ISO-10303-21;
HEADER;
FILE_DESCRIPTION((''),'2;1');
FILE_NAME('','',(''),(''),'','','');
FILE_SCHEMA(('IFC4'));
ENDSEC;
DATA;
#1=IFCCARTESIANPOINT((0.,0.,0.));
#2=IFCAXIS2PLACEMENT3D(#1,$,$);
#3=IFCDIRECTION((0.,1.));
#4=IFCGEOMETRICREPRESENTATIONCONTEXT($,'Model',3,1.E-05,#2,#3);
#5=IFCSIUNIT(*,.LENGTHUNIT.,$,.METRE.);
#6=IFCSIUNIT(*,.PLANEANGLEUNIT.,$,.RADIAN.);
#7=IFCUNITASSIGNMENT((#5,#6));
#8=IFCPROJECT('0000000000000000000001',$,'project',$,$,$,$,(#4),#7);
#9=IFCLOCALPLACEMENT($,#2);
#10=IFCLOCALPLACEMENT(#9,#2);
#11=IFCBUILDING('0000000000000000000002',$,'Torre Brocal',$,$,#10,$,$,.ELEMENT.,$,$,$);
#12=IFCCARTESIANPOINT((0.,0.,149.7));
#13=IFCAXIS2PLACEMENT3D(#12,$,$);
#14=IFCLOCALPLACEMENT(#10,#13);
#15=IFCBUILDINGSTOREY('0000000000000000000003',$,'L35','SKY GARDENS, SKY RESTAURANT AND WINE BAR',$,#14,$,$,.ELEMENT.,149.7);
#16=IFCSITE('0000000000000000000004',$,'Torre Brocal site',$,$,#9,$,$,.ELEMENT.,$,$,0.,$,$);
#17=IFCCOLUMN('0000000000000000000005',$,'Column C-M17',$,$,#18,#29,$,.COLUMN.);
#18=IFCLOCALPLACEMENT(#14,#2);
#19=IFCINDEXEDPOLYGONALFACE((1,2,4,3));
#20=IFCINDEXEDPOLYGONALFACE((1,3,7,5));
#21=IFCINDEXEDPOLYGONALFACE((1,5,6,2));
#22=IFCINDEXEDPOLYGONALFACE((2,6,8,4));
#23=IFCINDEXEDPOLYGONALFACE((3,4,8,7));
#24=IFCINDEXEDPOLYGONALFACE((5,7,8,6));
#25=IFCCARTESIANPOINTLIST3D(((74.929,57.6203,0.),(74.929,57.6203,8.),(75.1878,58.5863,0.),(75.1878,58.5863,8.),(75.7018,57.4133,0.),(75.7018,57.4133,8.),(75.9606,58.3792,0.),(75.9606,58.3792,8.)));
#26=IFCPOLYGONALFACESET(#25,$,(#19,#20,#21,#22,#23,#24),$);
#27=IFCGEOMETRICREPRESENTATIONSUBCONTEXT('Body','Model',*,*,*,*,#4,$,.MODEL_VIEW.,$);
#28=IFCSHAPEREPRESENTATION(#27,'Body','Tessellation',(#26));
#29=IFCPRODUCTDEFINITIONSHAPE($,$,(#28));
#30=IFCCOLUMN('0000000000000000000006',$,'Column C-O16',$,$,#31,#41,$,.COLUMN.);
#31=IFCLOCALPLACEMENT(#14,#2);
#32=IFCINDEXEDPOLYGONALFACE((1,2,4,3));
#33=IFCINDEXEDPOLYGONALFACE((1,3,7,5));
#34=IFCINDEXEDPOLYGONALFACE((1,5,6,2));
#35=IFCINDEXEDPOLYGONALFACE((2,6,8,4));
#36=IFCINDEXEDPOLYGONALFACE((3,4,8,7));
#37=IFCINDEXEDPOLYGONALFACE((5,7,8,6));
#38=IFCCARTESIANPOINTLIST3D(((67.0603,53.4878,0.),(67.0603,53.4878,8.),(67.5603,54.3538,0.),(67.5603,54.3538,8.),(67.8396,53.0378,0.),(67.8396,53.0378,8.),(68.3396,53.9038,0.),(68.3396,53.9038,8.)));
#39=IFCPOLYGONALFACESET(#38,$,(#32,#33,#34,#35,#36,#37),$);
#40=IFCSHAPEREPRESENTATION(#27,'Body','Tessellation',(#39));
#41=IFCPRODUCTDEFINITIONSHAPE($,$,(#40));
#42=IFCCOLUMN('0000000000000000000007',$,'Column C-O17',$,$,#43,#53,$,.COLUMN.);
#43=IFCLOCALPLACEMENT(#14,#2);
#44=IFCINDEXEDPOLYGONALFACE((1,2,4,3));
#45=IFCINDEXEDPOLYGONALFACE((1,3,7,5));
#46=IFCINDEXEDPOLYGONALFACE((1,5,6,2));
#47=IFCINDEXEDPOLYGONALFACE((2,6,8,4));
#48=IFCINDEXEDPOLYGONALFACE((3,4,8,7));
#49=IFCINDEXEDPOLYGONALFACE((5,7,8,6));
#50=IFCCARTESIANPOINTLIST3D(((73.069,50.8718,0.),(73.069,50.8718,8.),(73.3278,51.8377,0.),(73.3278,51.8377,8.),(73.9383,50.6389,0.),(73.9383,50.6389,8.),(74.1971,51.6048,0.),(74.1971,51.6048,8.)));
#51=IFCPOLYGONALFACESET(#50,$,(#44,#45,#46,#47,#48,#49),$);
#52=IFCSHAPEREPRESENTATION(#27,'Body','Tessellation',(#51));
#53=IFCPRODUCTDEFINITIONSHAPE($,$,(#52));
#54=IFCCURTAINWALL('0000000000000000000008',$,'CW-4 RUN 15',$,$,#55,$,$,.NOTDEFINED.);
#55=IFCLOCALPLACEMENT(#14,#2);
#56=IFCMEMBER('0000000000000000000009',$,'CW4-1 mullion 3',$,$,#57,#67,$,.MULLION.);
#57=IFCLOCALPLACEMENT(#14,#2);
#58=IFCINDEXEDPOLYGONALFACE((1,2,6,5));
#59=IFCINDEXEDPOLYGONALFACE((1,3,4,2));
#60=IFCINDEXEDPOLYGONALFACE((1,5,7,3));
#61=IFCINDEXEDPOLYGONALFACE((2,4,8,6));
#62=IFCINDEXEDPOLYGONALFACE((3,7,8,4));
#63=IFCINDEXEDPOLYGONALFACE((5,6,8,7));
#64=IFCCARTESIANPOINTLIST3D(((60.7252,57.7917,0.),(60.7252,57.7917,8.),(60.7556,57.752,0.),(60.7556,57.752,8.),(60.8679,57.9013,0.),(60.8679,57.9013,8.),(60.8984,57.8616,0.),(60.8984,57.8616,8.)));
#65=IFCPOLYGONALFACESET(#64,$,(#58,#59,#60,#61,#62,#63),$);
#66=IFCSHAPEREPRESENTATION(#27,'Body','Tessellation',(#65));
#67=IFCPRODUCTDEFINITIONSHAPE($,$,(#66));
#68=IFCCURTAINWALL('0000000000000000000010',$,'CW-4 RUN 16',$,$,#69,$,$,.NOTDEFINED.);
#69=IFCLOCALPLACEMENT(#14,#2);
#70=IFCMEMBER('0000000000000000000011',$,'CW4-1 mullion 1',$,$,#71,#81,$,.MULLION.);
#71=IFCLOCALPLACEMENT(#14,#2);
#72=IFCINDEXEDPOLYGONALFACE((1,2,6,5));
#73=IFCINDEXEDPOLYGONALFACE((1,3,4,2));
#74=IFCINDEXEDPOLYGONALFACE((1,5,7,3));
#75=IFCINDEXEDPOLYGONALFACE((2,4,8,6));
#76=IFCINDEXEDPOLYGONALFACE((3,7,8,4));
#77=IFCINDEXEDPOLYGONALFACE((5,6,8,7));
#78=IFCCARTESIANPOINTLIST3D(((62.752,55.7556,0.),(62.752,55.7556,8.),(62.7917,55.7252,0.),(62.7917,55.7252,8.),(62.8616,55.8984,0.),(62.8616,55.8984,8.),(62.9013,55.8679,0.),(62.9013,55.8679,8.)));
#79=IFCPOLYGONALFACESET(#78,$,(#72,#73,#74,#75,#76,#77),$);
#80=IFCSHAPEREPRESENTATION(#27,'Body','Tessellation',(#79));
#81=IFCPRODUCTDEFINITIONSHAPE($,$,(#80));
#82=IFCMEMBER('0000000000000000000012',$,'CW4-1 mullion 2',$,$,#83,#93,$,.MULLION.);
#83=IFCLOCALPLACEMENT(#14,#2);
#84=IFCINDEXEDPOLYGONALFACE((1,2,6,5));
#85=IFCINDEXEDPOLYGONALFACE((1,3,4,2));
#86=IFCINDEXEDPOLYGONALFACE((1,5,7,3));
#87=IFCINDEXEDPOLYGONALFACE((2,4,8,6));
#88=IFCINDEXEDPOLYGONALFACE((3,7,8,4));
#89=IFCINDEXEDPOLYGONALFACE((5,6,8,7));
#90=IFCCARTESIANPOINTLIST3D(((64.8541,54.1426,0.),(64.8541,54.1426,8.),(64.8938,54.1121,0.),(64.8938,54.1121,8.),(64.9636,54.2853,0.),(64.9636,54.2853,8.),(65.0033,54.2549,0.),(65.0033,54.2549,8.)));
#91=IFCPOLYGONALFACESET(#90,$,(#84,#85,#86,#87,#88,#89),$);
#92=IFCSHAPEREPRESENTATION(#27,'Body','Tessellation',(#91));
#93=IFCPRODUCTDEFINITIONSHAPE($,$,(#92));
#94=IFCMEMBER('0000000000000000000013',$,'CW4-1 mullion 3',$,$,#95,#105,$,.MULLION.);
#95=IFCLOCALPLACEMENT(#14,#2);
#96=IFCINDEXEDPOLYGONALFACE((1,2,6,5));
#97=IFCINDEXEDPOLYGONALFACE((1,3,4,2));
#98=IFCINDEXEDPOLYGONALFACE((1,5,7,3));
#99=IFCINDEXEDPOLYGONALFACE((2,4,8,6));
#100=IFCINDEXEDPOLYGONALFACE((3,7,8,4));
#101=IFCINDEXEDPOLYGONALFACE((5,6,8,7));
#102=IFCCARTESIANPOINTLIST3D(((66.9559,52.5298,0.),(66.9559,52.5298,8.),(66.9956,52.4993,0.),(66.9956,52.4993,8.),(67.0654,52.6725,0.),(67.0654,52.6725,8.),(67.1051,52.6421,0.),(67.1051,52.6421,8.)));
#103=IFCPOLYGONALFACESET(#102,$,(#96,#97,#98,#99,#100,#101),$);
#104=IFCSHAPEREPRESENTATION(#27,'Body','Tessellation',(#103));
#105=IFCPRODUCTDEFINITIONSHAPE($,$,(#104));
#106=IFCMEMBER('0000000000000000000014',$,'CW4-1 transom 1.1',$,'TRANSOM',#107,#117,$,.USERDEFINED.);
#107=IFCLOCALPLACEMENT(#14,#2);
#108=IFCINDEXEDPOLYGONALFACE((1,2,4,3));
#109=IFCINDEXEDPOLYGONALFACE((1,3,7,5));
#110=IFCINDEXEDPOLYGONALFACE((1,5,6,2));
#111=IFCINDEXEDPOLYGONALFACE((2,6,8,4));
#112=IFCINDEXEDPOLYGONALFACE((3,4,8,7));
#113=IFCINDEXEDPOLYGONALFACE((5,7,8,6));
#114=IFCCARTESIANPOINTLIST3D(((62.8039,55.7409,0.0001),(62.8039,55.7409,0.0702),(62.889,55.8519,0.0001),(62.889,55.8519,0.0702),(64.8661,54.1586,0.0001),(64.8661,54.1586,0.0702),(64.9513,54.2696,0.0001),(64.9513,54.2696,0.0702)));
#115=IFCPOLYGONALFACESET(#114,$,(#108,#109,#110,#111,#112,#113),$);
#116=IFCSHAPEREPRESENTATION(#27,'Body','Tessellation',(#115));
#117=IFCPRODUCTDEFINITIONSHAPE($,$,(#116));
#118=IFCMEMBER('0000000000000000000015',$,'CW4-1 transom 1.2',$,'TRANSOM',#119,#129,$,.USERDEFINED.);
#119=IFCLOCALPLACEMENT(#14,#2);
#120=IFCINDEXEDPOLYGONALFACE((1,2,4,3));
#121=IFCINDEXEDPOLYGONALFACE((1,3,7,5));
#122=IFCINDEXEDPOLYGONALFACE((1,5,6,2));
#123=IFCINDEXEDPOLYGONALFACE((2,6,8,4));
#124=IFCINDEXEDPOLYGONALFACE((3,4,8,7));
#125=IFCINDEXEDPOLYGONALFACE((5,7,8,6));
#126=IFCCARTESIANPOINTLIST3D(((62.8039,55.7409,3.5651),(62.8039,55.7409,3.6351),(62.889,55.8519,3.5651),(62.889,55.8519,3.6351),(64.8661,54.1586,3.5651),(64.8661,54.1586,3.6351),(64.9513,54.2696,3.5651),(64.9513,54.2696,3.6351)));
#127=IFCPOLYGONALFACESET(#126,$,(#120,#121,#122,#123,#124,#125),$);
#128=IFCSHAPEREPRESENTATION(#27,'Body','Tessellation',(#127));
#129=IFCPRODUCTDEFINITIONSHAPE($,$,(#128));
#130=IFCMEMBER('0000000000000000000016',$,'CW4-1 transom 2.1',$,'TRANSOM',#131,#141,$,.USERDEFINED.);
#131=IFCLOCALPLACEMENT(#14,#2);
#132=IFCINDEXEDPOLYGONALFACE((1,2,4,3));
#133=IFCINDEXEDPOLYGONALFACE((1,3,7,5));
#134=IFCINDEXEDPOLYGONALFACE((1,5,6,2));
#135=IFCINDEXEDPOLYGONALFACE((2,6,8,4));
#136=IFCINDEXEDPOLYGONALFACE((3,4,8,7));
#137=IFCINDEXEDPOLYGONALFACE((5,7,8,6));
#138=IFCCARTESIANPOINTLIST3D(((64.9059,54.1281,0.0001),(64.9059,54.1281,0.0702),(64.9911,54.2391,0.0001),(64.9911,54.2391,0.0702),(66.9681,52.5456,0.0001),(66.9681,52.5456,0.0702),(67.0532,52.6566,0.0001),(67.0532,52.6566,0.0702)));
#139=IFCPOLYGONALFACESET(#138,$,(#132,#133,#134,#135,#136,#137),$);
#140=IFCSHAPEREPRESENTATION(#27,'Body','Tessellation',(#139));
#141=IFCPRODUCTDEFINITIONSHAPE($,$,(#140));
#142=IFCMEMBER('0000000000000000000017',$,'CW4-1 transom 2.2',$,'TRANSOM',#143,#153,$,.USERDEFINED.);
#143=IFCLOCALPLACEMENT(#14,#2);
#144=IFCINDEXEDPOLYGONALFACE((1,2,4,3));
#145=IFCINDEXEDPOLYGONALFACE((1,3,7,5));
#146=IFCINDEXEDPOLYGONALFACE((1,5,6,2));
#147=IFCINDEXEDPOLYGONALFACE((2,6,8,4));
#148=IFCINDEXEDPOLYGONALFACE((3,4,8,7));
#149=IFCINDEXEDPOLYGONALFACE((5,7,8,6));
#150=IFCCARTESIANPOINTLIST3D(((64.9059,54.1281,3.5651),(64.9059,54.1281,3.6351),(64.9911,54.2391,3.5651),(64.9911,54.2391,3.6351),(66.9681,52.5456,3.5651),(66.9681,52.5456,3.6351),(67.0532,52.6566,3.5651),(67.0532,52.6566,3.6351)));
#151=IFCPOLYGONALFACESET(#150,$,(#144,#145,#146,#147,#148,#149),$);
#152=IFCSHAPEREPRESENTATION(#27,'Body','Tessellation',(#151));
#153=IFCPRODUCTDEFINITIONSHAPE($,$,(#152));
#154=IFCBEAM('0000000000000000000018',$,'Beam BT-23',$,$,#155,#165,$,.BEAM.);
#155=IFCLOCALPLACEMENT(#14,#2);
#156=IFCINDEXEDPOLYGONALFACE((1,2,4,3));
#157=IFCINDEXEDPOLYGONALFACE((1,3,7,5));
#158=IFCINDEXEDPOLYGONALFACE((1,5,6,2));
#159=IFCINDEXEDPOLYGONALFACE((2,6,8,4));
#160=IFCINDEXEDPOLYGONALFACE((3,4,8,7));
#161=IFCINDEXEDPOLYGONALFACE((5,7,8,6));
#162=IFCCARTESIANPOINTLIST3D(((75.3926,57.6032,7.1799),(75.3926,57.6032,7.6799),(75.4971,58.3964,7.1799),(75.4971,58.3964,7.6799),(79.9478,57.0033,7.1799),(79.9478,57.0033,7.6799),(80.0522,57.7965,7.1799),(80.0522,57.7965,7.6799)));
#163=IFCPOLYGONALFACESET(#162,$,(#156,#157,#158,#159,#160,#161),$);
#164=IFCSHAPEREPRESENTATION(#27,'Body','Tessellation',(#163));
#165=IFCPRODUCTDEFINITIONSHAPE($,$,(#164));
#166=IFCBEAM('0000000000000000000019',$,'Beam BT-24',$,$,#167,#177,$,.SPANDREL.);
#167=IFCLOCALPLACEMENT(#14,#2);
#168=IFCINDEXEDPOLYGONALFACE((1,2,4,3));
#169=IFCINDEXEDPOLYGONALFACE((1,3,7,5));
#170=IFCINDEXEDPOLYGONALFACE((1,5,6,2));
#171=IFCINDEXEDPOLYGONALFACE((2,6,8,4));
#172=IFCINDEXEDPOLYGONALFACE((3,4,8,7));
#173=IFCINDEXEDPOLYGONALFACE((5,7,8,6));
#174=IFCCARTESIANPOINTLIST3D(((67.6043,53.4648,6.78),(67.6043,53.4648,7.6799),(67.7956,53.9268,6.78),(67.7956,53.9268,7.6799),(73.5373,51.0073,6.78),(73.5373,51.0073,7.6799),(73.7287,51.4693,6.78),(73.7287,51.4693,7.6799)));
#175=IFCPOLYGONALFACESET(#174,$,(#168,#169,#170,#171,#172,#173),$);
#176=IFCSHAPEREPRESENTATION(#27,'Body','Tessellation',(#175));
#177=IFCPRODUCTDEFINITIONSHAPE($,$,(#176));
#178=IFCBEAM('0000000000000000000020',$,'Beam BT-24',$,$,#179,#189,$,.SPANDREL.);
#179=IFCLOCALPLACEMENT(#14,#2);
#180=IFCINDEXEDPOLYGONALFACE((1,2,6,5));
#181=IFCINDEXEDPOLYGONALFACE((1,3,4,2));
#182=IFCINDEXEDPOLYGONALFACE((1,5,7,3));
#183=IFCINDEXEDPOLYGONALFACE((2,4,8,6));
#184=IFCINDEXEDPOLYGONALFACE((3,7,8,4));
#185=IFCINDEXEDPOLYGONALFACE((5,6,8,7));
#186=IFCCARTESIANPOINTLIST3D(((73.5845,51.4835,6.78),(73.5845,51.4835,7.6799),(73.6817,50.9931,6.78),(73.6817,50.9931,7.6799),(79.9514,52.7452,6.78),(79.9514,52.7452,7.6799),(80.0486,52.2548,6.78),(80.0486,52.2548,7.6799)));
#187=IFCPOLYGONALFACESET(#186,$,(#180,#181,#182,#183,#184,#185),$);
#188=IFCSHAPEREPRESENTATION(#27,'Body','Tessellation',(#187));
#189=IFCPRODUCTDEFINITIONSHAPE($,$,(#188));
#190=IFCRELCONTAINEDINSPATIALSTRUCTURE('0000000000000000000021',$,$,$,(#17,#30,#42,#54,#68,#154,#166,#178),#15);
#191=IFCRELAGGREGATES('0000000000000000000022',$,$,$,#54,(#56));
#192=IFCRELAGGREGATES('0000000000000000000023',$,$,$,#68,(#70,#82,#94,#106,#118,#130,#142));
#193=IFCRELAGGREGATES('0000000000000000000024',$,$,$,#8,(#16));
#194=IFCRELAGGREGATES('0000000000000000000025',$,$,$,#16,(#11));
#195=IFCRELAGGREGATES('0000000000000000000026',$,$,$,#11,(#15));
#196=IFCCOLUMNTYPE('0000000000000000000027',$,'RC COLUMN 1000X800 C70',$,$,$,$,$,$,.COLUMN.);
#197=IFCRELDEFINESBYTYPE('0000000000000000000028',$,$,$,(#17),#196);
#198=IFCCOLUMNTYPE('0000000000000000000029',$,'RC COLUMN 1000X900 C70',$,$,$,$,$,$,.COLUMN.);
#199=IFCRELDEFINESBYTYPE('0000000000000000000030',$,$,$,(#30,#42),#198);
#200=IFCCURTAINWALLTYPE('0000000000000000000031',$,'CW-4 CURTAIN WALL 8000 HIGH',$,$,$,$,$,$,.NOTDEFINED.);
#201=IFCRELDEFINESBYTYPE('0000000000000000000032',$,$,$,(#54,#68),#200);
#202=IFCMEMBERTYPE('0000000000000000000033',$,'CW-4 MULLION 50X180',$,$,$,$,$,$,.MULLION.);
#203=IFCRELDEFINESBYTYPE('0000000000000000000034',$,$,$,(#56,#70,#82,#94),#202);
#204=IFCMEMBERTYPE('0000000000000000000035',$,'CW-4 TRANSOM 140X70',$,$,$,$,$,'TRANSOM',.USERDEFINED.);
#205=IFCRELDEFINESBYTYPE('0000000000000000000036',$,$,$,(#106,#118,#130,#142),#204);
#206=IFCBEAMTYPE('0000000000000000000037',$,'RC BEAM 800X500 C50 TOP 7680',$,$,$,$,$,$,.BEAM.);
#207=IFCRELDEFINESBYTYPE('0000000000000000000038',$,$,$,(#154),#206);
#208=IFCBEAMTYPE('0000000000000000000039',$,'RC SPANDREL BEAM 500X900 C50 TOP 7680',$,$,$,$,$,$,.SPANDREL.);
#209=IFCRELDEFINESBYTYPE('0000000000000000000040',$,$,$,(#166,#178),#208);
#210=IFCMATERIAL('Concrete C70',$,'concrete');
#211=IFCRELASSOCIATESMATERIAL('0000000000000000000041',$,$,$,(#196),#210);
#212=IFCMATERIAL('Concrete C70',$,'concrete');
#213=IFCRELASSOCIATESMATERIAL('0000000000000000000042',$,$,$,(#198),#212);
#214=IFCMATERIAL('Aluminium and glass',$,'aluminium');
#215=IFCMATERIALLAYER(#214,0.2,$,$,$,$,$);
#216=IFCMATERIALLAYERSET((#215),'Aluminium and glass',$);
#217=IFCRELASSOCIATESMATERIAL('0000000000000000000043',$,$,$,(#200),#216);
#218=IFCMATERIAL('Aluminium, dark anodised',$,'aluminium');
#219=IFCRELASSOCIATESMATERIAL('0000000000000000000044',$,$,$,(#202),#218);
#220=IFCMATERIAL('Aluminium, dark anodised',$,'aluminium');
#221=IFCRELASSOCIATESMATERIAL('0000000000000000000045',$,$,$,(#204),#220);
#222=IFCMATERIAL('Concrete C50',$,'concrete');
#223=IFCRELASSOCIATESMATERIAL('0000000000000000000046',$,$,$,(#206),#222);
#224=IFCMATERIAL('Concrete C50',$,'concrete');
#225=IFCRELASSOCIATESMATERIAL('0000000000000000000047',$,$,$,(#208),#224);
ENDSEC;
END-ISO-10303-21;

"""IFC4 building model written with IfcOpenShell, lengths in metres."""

from ifc_helpers import new_model, si_unit, direction, frame, origin, origin_2d, place, context, subcontext, project, spatial, rectangle, extrude, material, layer, layer_set, material_profile, profile_set, type_object, element, aggregate, save


model = new_model("IFC4")

# Units and contexts
model_context = context("Model", 3, precision=1e-05, world=origin(), true_north=direction((0.0, 1.0)))
body_context = subcontext(model_context, "Body", "Model", "MODEL_VIEW")
ifc_project = project(units=[si_unit("LENGTHUNIT", "METRE"), si_unit("PLANEANGLEUNIT", "RADIAN")], contexts=[model_context])

# Site, building, storey
site_placement = place(None, origin())
site = spatial("IfcSite", under=ifc_project, at=site_placement, Name="Torre Brocal site", CompositionType="ELEMENT", RefElevation=0.0)
building_placement = place(site_placement, origin())
building = spatial("IfcBuilding", under=site, at=building_placement, Name="Torre Brocal", CompositionType="ELEMENT")
storey_placement = place(building_placement, frame((0.0, 0.0, 149.7)))
storey = spatial("IfcBuildingStorey", under=building, at=storey_placement, Name="L35", Description="SKY GARDENS, SKY RESTAURANT AND WINE BAR", CompositionType="ELEMENT", Elevation=149.7)

# Columns
ifc_material_1 = material(Name="Concrete C70", Category="concrete")
ifc_material_profile_1 = material_profile(ifc_material_1, rectangle(XDim=1.0, YDim=0.8, at=origin_2d()), Name="RC 1000X800")
ifc_profile_set_1 = profile_set([ifc_material_profile_1], Name="Concrete C70")
column_type_1 = type_object("IfcColumnType", Name="RC COLUMN 1000X800 C70", PredefinedType="COLUMN", material=ifc_profile_set_1)
column_placement = place(storey_placement, frame((75.4448, 57.9998, 0.0), z_axis=(0.0, 0.0, 1.0), x_axis=(-0.258819, -0.965926, 0.0)))
element("IfcColumn", 1, at=column_placement, inside=storey, type_object=column_type_1, Name="Column C-M17", PredefinedType="COLUMN", context=body_context, shape_type="SweptSolid", body=[
    extrude(rectangle(XDim=1.0, YDim=0.8, at=origin_2d()), origin(), (0.0, 0.0, 1.0), 8.0),
])
ifc_material_2 = material(Name="Concrete C70", Category="concrete")
ifc_material_profile_2 = material_profile(ifc_material_2, rectangle(XDim=1.0, YDim=0.8999, at=origin_2d()), Name="RC 1000X900")
ifc_profile_set_2 = profile_set([ifc_material_profile_2], Name="Concrete C70")
column_type_2 = type_object("IfcColumnType", Name="RC COLUMN 1000X900 C70", PredefinedType="COLUMN", material=ifc_profile_set_2)
for number, where, z_axis, x_axis, name in (
    (2, (67.7, 53.6958, 0.0), (0.0, 0.0, 1.0), (-0.5, -0.866025, 0.0), "Column C-O16"),
    (3, (73.6331, 51.2383, 0.0), (0.0, 0.0, 1.0), (-0.258819, -0.965926, 0.0), "Column C-O17"),
):
    element("IfcColumn", number, at=place(storey_placement, frame(where, z_axis=z_axis, x_axis=x_axis)), inside=storey, type_object=column_type_2, Name=name, PredefinedType="COLUMN", context=body_context, shape_type="SweptSolid", body=[
        extrude(rectangle(XDim=1.0, YDim=0.8999, at=origin_2d()), origin(), (0.0, 0.0, 1.0), 8.0),
    ])

# Curtain wall, member
ifc_material_3 = material(Name="Aluminium and glass", Category="aluminium")
ifc_layer_1 = layer(ifc_material_3, 0.2)
ifc_layer_set_1 = layer_set([ifc_layer_1], Name="Aluminium and glass")
curtain_wall_type = type_object("IfcCurtainWallType", Name="CW-4 CURTAIN WALL 8000 HIGH", PredefinedType="NOTDEFINED", material=ifc_layer_set_1)
curtain_wall_1_placement = place(storey_placement, origin())
curtain_wall_1 = element("IfcCurtainWall", 4, at=curtain_wall_1_placement, inside=storey, type_object=curtain_wall_type, Name="CW-4 RUN 15", PredefinedType="NOTDEFINED")
ifc_material_4 = material(Name="Aluminium, dark anodised", Category="aluminium")
ifc_material_profile_3 = material_profile(ifc_material_4, rectangle(XDim=0.1799, YDim=0.05, at=origin_2d()), Name="CW-4 MULLION 50X180")
ifc_profile_set_3 = profile_set([ifc_material_profile_3], Name="Aluminium, dark anodised")
member_type_1 = type_object("IfcMemberType", Name="CW-4 MULLION 50X180", PredefinedType="MULLION", material=ifc_profile_set_3)
member_1_placement = place(storey_placement, frame((60.8118, 57.8267, 0.0), z_axis=(0.0, 0.0, 1.0), x_axis=(0.793353, 0.608761, 0.0)))
member_1 = element("IfcMember", 5, at=member_1_placement, type_object=member_type_1, Name="CW4-1 mullion 3", PredefinedType="MULLION", context=body_context, shape_type="SweptSolid", body=[
    extrude(rectangle(XDim=0.1799, YDim=0.05, at=origin_2d()), origin(), (0.0, 0.0, 1.0), 8.0),
])

# Curtain wall, members
curtain_wall_2_placement = place(storey_placement, origin())
curtain_wall_2 = element("IfcCurtainWall", 6, at=curtain_wall_2_placement, inside=storey, type_object=curtain_wall_type, Name="CW-4 RUN 16", PredefinedType="NOTDEFINED")
member_2_placement = place(storey_placement, frame((62.8267, 55.8118, 0.0), z_axis=(0.0, 0.0, 1.0), x_axis=(0.608761, 0.793353, 0.0)))
member_2 = element("IfcMember", 7, at=member_2_placement, type_object=member_type_1, Name="CW4-1 mullion 1", PredefinedType="MULLION", context=body_context, shape_type="SweptSolid", body=[
    extrude(rectangle(XDim=0.1799, YDim=0.05, at=origin_2d()), origin(), (0.0, 0.0, 1.0), 8.0),
])
member_3_placement = place(storey_placement, frame((64.9287, 54.1987, 0.0), z_axis=(0.0, 0.0, 1.0), x_axis=(0.608761, 0.793353, 0.0)))
member_3 = element("IfcMember", 8, at=member_3_placement, type_object=member_type_1, Name="CW4-1 mullion 2", PredefinedType="MULLION", context=body_context, shape_type="SweptSolid", body=[
    extrude(rectangle(XDim=0.1799, YDim=0.05, at=origin_2d()), origin(), (0.0, 0.0, 1.0), 8.0),
])
member_4_placement = place(storey_placement, frame((67.0305, 52.5859, 0.0), z_axis=(0.0, 0.0, 1.0), x_axis=(0.608761, 0.793353, 0.0)))
member_4 = element("IfcMember", 9, at=member_4_placement, type_object=member_type_1, Name="CW4-1 mullion 3", PredefinedType="MULLION", context=body_context, shape_type="SweptSolid", body=[
    extrude(rectangle(XDim=0.1799, YDim=0.05, at=origin_2d()), origin(), (0.0, 0.0, 1.0), 8.0),
])
ifc_material_5 = material(Name="Aluminium, dark anodised", Category="aluminium")
ifc_material_profile_4 = material_profile(ifc_material_5, rectangle(XDim=0.1399, YDim=0.0701, at=origin_2d()), Name="CW-4 TRANSOM 140X70")
ifc_profile_set_4 = profile_set([ifc_material_profile_4], Name="Aluminium, dark anodised")
member_type_2 = type_object("IfcMemberType", Name="CW-4 TRANSOM 140X70", ElementType="TRANSOM", PredefinedType="USERDEFINED", material=ifc_profile_set_4)
member_5_placement = place(storey_placement, frame((62.8464, 55.7964, 0.0352), z_axis=(0.793381, -0.608725, 0.0), x_axis=(0.608725, 0.793381, 0.0)))
member_5 = element("IfcMember", 10, at=member_5_placement, type_object=member_type_2, Name="CW4-1 transom 1.1", ObjectType="TRANSOM", PredefinedType="USERDEFINED", context=body_context, shape_type="SweptSolid", body=[
    extrude(rectangle(XDim=0.1399, YDim=0.0701, at=origin_2d()), origin(), (0.0, 0.0, 1.0), 2.5994),
])
member_6_placement = place(storey_placement, frame((62.8464, 55.7964, 3.6001), z_axis=(0.793381, -0.608725, 0.0), x_axis=(0.608725, 0.793381, 0.0)))
member_6 = element("IfcMember", 11, at=member_6_placement, type_object=member_type_2, Name="CW4-1 transom 1.2", ObjectType="TRANSOM", PredefinedType="USERDEFINED", context=body_context, shape_type="SweptSolid", body=[
    extrude(rectangle(XDim=0.1399, YDim=0.0701, at=origin_2d()), origin(), (0.0, 0.0, 1.0), 2.5994),
])
member_7_placement = place(storey_placement, frame((64.9485, 54.1836, 0.0352), z_axis=(0.793336, -0.608784, 0.0), x_axis=(0.608784, 0.793336, 0.0)))
member_7 = element("IfcMember", 12, at=member_7_placement, type_object=member_type_2, Name="CW4-1 transom 2.1", ObjectType="TRANSOM", PredefinedType="USERDEFINED", context=body_context, shape_type="SweptSolid", body=[
    extrude(rectangle(XDim=0.1399, YDim=0.0701, at=origin_2d()), origin(), (0.0, 0.0, 1.0), 2.5994),
])
member_8_placement = place(storey_placement, frame((64.9485, 54.1836, 3.6001), z_axis=(0.793336, -0.608784, 0.0), x_axis=(0.608784, 0.793336, 0.0)))
member_8 = element("IfcMember", 13, at=member_8_placement, type_object=member_type_2, Name="CW4-1 transom 2.2", ObjectType="TRANSOM", PredefinedType="USERDEFINED", context=body_context, shape_type="SweptSolid", body=[
    extrude(rectangle(XDim=0.1399, YDim=0.0701, at=origin_2d()), origin(), (0.0, 0.0, 1.0), 2.5994),
])

# Beams
ifc_material_6 = material(Name="Concrete C50", Category="concrete")
ifc_material_profile_5 = material_profile(ifc_material_6, rectangle(XDim=0.8, YDim=0.5, at=origin_2d()), Name="RC 800X500")
ifc_profile_set_5 = profile_set([ifc_material_profile_5], Name="Concrete C50")
beam_type_1 = type_object("IfcBeamType", Name="RC BEAM 800X500 C50 TOP 7680", PredefinedType="BEAM", material=ifc_profile_set_5)
beam_1_placement = place(storey_placement, frame((75.4448, 57.9998, 7.4299), z_axis=(0.991441, -0.130559, 0.0), x_axis=(0.130559, 0.991441, 0.0)))
element("IfcBeam", 14, at=beam_1_placement, inside=storey, type_object=beam_type_1, Name="Beam BT-23", PredefinedType="BEAM", context=body_context, shape_type="SweptSolid", body=[
    extrude(rectangle(XDim=0.8, YDim=0.5, at=origin_2d()), origin(), (0.0, 0.0, 1.0), 4.5945),
])
ifc_material_7 = material(Name="Concrete C50", Category="concrete")
ifc_material_profile_6 = material_profile(ifc_material_7, rectangle(XDim=0.5, YDim=0.8999, at=origin_2d()), Name="RC 500X900")
ifc_profile_set_6 = profile_set([ifc_material_profile_6], Name="Concrete C50")
beam_type_2 = type_object("IfcBeamType", Name="RC SPANDREL BEAM 500X900 C50 TOP 7680", PredefinedType="SPANDREL", material=ifc_profile_set_6)
beam_2_placement = place(storey_placement, frame((67.7, 53.6958, 7.23), z_axis=(0.923882, -0.382676, 0.0), x_axis=(0.382676, 0.923882, 0.0)))
element("IfcBeam", 15, at=beam_2_placement, inside=storey, type_object=beam_type_2, Name="Beam BT-24", PredefinedType="SPANDREL", context=body_context, shape_type="SweptSolid", body=[
    extrude(rectangle(XDim=0.5, YDim=0.8999, at=origin_2d()), origin(), (0.0, 0.0, 1.0), 6.4219),
])
beam_3_placement = place(storey_placement, frame((73.6331, 51.2383, 7.23), z_axis=(0.980925, 0.194387, 0.0), x_axis=(-0.194387, 0.980925, 0.0)))
element("IfcBeam", 16, at=beam_3_placement, inside=storey, type_object=beam_type_2, Name="Beam BT-24", PredefinedType="SPANDREL", context=body_context, shape_type="SweptSolid", body=[
    extrude(rectangle(XDim=0.5, YDim=0.8999, at=origin_2d()), origin(), (0.0, 0.0, 1.0), 6.4907),
])

aggregate(curtain_wall_1, [member_1])
aggregate(curtain_wall_2, [member_2, member_3, member_4, member_5, member_6, member_7, member_8])

save(model, "model.ifc")
